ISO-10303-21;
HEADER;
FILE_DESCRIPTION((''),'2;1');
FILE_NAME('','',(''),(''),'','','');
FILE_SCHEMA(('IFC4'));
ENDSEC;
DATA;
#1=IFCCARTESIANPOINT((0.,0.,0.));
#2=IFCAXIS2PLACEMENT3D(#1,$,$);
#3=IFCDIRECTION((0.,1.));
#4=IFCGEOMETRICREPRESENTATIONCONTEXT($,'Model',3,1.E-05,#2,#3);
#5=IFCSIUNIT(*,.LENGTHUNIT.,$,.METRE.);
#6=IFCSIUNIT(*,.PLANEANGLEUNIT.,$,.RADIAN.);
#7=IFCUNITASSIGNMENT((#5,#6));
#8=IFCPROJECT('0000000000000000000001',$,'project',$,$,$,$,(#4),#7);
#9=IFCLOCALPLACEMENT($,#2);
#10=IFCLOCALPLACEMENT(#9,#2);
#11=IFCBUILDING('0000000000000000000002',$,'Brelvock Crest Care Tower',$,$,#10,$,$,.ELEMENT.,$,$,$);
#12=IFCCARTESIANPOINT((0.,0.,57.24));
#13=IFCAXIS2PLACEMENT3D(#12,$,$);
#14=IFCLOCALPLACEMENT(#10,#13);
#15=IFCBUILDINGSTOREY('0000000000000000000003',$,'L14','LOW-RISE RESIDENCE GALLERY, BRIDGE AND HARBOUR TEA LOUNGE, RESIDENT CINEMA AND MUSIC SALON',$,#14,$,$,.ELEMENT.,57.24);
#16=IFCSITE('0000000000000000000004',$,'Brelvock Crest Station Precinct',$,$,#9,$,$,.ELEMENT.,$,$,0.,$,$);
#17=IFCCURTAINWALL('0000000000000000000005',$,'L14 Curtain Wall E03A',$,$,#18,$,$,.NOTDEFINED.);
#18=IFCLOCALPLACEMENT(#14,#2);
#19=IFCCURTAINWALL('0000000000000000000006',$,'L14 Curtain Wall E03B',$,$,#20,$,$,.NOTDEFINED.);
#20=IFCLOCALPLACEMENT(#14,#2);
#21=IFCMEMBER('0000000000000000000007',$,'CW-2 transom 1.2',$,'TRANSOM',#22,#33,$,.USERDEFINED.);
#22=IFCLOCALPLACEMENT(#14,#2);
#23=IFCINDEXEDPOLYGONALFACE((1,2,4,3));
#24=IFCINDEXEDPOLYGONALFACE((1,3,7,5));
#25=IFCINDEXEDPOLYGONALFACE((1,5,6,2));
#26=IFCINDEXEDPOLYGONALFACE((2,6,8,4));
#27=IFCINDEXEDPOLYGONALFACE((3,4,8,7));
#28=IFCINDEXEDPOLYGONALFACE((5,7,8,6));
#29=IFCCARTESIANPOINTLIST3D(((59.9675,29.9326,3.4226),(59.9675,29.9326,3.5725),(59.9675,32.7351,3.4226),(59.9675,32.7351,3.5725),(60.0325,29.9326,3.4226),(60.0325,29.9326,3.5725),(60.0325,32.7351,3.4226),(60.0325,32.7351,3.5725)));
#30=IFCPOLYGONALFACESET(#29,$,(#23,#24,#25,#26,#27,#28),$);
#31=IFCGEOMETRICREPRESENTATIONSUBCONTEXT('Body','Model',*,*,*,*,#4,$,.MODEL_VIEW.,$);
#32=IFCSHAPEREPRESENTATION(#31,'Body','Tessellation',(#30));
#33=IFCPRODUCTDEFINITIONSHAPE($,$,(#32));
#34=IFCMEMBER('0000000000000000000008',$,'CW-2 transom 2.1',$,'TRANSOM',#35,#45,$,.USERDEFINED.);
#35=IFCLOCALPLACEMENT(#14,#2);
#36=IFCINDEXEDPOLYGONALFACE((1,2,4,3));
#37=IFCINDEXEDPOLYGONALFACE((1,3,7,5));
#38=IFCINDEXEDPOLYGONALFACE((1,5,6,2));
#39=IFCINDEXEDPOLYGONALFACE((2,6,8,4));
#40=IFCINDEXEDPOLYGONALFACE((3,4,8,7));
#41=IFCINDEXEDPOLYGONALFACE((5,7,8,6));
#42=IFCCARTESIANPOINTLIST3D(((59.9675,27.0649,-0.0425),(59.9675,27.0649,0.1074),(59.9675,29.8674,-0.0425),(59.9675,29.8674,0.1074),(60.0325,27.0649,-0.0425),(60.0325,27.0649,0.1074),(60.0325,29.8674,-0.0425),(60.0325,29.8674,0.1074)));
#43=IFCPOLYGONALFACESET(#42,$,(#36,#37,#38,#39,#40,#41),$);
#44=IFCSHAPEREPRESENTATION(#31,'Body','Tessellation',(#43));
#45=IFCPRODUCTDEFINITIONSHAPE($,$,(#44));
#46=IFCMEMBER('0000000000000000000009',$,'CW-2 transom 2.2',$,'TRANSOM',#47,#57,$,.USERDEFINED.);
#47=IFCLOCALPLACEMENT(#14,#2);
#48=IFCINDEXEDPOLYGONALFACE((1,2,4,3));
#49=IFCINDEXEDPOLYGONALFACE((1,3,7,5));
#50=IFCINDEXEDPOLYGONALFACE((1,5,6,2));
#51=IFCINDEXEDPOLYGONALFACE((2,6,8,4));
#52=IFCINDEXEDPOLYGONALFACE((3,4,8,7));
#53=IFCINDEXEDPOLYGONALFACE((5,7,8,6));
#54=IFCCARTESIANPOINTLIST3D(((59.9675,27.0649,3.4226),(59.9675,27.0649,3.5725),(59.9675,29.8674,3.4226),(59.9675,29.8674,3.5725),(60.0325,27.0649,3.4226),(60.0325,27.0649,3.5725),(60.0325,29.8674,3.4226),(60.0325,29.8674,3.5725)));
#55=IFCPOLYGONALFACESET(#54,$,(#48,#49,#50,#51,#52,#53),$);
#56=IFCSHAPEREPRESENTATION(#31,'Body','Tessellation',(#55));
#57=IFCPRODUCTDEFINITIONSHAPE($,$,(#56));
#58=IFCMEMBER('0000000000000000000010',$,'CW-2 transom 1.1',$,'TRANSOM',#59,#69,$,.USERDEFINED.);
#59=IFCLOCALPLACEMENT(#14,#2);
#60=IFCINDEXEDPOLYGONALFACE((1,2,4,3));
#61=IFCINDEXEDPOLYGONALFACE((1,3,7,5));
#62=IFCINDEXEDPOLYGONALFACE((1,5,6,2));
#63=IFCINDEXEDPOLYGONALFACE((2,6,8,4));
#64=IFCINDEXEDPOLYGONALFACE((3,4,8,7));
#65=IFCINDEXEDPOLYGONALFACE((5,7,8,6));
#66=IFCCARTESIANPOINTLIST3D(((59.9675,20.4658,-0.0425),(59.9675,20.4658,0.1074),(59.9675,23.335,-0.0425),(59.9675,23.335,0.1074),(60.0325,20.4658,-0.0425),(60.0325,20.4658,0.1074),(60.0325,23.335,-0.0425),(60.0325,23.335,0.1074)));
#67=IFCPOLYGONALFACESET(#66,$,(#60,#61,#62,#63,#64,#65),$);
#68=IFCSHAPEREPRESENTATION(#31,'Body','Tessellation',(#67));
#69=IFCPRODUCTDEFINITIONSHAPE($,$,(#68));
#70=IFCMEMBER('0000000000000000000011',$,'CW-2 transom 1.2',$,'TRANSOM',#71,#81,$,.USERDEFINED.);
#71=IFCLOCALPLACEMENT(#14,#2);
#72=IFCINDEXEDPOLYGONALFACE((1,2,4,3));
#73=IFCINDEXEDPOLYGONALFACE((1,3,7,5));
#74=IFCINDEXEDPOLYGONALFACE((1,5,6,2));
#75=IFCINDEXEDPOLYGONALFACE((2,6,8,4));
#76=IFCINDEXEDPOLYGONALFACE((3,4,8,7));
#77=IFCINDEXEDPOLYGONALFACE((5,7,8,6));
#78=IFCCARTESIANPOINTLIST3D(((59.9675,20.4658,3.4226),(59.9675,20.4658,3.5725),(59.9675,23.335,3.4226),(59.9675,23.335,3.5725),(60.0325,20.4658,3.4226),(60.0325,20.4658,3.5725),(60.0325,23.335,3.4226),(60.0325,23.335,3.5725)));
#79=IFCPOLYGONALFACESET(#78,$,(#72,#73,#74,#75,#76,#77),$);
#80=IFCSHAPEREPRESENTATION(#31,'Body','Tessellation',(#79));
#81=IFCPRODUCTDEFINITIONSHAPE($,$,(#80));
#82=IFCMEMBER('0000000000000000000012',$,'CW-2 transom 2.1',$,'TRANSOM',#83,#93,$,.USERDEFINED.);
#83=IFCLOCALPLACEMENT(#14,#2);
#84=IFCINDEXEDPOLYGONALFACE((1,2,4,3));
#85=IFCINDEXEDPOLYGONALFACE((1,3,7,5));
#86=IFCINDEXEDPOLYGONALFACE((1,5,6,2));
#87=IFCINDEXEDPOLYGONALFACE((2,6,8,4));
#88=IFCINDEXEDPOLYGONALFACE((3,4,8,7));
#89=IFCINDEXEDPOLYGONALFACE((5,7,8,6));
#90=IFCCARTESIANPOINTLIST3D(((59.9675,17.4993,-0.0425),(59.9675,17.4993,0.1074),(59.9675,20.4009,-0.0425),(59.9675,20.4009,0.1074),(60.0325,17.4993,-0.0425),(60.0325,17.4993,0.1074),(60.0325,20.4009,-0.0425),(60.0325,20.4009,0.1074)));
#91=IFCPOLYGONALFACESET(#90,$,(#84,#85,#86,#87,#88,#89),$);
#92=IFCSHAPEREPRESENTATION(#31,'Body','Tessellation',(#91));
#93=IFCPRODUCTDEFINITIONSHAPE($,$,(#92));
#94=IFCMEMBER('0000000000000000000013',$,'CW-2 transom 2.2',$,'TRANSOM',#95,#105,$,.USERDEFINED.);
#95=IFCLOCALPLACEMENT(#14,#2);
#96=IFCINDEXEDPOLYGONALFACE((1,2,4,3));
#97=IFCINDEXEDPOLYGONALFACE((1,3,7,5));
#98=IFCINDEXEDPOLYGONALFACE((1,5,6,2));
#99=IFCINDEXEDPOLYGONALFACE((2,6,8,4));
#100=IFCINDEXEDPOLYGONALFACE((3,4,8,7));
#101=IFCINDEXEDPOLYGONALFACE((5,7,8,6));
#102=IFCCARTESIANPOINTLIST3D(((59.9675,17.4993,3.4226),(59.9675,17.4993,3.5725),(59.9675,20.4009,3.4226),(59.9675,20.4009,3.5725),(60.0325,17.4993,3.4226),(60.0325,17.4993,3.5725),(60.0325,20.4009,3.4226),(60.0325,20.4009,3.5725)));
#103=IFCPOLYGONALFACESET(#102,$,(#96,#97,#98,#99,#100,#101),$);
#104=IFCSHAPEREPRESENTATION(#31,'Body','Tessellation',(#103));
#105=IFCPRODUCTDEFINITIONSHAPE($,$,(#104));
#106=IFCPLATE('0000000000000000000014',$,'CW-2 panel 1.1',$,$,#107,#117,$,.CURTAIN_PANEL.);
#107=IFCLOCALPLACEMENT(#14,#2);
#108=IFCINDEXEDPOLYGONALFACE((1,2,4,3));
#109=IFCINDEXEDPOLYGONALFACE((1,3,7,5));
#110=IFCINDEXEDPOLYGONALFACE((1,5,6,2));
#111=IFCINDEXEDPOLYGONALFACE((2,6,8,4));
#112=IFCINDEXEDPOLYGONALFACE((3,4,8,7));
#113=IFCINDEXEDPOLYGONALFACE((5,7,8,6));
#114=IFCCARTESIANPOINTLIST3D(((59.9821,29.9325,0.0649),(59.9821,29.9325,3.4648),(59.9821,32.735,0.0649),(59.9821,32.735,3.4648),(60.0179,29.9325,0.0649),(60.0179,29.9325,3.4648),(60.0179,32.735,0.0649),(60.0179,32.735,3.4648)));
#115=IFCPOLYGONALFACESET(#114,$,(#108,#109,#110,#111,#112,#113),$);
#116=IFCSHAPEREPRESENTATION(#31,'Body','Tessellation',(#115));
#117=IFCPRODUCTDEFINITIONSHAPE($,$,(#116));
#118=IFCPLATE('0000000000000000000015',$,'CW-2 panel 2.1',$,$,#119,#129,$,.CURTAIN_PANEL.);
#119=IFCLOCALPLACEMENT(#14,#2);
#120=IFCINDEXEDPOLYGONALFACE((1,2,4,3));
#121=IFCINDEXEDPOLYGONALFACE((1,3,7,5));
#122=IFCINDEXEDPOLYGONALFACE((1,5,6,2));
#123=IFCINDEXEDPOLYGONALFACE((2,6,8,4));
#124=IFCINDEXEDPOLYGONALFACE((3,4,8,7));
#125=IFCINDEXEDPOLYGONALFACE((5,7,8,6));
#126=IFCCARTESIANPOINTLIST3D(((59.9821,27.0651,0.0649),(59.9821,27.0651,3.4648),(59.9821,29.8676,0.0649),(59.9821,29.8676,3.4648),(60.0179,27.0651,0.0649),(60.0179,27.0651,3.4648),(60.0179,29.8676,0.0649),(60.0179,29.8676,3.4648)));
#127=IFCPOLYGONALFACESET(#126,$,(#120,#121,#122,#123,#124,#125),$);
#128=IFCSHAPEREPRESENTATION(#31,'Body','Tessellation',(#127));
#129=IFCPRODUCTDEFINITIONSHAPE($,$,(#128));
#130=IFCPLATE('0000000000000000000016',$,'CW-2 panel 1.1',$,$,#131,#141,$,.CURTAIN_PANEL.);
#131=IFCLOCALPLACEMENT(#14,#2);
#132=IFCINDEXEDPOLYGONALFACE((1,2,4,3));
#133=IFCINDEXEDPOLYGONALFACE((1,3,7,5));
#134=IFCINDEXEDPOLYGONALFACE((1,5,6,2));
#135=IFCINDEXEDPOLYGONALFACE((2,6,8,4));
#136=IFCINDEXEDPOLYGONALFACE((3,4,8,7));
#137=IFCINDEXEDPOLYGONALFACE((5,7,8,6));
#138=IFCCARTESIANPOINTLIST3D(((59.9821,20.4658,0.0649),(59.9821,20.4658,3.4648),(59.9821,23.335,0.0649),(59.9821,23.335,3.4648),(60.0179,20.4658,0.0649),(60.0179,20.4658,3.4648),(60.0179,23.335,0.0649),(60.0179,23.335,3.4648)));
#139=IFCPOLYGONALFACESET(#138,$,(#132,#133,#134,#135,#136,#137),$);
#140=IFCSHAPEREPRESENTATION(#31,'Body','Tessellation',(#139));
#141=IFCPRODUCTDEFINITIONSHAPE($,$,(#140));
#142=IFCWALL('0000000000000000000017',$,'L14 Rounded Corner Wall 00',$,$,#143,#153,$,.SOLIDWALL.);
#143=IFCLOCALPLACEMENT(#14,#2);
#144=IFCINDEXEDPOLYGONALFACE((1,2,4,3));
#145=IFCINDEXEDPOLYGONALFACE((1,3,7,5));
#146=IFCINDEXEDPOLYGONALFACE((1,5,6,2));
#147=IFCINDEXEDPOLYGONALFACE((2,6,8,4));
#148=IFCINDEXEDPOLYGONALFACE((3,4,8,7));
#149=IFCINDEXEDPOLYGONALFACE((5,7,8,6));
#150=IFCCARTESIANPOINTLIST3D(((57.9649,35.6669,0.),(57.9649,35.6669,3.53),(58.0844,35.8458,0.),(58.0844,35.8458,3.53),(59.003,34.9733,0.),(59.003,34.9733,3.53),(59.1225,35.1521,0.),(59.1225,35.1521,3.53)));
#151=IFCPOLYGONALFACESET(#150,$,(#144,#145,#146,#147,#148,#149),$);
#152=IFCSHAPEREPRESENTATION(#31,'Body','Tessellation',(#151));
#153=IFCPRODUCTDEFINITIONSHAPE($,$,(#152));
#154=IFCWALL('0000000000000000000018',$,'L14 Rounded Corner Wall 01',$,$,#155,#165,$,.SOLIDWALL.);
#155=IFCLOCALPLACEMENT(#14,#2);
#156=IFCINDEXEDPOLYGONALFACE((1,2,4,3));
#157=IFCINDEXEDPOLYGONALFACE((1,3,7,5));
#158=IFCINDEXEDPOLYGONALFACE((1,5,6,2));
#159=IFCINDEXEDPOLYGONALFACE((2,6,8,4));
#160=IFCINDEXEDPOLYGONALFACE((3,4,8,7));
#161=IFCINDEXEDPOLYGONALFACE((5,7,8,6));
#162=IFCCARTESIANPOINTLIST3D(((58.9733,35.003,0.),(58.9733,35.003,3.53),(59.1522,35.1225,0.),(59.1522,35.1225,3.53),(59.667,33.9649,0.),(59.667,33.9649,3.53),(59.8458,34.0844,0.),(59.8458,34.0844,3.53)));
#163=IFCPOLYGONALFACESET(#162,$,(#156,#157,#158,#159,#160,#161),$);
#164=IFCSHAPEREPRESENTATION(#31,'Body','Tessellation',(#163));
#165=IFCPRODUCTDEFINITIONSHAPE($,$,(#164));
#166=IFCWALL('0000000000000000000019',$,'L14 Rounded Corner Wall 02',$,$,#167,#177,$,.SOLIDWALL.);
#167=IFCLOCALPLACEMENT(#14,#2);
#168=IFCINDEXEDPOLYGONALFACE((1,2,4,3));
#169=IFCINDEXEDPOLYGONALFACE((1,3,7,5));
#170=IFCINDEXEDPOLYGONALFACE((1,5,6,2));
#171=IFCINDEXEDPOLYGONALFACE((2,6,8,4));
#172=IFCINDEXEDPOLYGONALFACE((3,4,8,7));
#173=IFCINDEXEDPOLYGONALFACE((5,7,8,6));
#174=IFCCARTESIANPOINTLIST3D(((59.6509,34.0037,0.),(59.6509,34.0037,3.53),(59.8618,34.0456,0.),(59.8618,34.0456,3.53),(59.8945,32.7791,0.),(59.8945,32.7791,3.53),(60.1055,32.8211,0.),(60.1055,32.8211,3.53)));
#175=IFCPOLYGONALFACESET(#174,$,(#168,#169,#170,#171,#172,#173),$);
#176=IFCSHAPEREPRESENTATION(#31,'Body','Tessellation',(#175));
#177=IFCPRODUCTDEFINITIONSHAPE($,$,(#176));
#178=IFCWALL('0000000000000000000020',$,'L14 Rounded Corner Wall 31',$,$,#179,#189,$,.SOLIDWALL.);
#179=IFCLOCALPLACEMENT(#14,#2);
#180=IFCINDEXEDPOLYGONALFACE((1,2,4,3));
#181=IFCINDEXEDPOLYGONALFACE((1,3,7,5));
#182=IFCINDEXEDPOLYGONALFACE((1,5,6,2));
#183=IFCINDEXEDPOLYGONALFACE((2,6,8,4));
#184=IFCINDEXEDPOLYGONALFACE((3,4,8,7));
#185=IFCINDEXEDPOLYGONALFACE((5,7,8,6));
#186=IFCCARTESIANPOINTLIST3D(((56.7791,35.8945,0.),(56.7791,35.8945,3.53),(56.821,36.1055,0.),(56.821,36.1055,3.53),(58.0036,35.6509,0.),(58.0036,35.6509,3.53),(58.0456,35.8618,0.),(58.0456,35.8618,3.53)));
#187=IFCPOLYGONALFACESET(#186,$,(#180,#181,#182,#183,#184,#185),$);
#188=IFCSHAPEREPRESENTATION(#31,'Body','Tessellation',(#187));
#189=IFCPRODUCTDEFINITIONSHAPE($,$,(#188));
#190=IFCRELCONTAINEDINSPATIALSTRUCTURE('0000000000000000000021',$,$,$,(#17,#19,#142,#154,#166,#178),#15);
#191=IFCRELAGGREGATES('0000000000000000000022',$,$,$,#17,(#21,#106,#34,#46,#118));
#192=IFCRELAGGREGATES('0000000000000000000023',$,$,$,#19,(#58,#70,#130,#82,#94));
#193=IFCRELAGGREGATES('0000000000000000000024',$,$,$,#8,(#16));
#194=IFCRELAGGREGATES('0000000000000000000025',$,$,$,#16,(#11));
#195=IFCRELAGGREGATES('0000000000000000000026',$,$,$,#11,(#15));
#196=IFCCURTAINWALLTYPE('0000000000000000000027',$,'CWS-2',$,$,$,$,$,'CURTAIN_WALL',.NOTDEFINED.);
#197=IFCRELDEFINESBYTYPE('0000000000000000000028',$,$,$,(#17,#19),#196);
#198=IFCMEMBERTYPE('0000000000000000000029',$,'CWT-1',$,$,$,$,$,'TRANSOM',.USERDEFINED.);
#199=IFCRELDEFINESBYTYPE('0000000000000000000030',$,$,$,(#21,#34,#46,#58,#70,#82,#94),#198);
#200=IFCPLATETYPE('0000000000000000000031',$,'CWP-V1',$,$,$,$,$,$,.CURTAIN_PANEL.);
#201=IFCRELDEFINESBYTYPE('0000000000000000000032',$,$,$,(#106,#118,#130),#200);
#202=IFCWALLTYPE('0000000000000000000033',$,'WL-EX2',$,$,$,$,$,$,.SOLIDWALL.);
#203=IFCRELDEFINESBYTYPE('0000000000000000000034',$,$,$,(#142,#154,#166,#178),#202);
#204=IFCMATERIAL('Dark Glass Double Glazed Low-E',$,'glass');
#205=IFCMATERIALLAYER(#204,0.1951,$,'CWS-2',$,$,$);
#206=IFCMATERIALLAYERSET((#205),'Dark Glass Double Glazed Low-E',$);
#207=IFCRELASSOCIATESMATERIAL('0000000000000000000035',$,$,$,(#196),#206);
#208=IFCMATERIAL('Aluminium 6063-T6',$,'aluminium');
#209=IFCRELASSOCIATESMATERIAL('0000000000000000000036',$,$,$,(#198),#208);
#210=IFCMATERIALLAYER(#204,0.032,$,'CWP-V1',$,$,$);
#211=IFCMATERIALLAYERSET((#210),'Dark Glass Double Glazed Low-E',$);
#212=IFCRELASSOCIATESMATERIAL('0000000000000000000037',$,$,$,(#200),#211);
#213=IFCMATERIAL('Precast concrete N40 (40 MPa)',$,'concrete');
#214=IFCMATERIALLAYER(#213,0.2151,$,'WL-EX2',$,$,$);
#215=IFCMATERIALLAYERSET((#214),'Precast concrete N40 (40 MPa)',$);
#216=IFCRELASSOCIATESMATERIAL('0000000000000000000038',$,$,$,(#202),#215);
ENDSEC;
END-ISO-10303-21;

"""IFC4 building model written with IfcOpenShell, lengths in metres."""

from ifc_helpers import new_model, si_unit, direction, frame, frame_2d, origin, origin_2d, place, context, subcontext, project, spatial, rectangle, extrude, source, transform, mapped, material, layer, layer_set, material_profile, profile_set, type_object, element, aggregate, save


model = new_model("IFC4")

# Units and contexts
model_context = context("Model", 3, precision=1e-05, world=origin(), true_north=direction((0.0, 1.0)))
body_context = subcontext(model_context, "Body", "Model", "MODEL_VIEW")
ifc_project = project(units=[si_unit("LENGTHUNIT", "METRE"), si_unit("PLANEANGLEUNIT", "RADIAN")], contexts=[model_context])

# Site, building, storey
site_placement = place(None, origin())
site = spatial("IfcSite", under=ifc_project, at=site_placement, Name="Brelvock Crest Station Precinct", CompositionType="ELEMENT", RefElevation=0.0)
building_placement = place(site_placement, origin())
building = spatial("IfcBuilding", under=site, at=building_placement, Name="Brelvock Crest Care Tower", CompositionType="ELEMENT")
storey_placement = place(building_placement, frame((0.0, 0.0, 57.24)))
storey = spatial("IfcBuildingStorey", under=building, at=storey_placement, Name="L14", Description="LOW-RISE RESIDENCE GALLERY, BRIDGE AND HARBOUR TEA LOUNGE, RESIDENT CINEMA AND MUSIC SALON", CompositionType="ELEMENT", Elevation=57.24)

# Curtain walls
ifc_material_1 = material(Name="Dark Glass Double Glazed Low-E", Category="glass")
ifc_layer_1 = layer(ifc_material_1, 0.1951, Name="CWS-2")
ifc_layer_set_1 = layer_set([ifc_layer_1], Name="Dark Glass Double Glazed Low-E")
curtain_wall_type = type_object("IfcCurtainWallType", Name="CWS-2", ElementType="CURTAIN_WALL", PredefinedType="NOTDEFINED", material=ifc_layer_set_1)
curtain_wall_1_placement = place(storey_placement, origin())
curtain_wall_1 = element("IfcCurtainWall", 1, at=curtain_wall_1_placement, inside=storey, type_object=curtain_wall_type, Name="L14 Curtain Wall E03A", PredefinedType="NOTDEFINED")
ifc_material_2 = material(Name="Aluminium 6063-T6", Category="aluminium")
curtain_wall_2_placement = place(storey_placement, origin())
curtain_wall_2 = element("IfcCurtainWall", 2, at=curtain_wall_2_placement, inside=storey, type_object=curtain_wall_type, Name="L14 Curtain Wall E03B", PredefinedType="NOTDEFINED")

# Members
ifc_material_profile_1 = material_profile(ifc_material_2, rectangle(XDim=0.0649, YDim=0.1499, at=origin_2d()), Name="ALU65x150")
ifc_profile_set_1 = profile_set([ifc_material_profile_1], Name="Aluminium 6063-T6")
member_type_1 = type_object("IfcMemberType", Name="CWT-1", ElementType="TRANSOM", PredefinedType="USERDEFINED", material=ifc_profile_set_1)
shared_shape_1 = source(origin(), body_context, "Body", "SweptSolid", [
    extrude(rectangle(XDim=0.0649, YDim=0.1499, at=origin_2d()), origin(), (0.0, 0.0, 1.0), 2.8025),
])
member_1_placement = place(storey_placement, frame((60.0, 32.7351, 3.4976), z_axis=(0.0, -1.0, 0.0), x_axis=(1.0, 0.0, 0.0)))
member_1 = element("IfcMember", 3, at=member_1_placement, type_object=member_type_1, Name="CW-2 transom 1.2", ObjectType="TRANSOM", PredefinedType="USERDEFINED", context=body_context, shape_type="MappedRepresentation", body=[
    mapped(shared_shape_1, transform((0.0, 0.0, 0.0), x_axis=(1.0, 0.0, 0.0), y_axis=(0.0, 1.0, 0.0), z_axis=(0.0, 0.0, 1.0), scale=1.0)),
])
member_2_placement = place(storey_placement, frame((60.0, 29.8674, 0.0325), z_axis=(0.0, -1.0, 0.0), x_axis=(1.0, 0.0, 0.0)))
member_2 = element("IfcMember", 4, at=member_2_placement, type_object=member_type_1, Name="CW-2 transom 2.1", ObjectType="TRANSOM", PredefinedType="USERDEFINED", context=body_context, shape_type="MappedRepresentation", body=[
    mapped(shared_shape_1, transform((0.0, 0.0, 0.0), x_axis=(1.0, 0.0, 0.0), y_axis=(0.0, 1.0, 0.0), z_axis=(0.0, 0.0, 1.0), scale=1.0)),
])
member_3_placement = place(storey_placement, frame((60.0, 29.8674, 3.4976), z_axis=(0.0, -1.0, 0.0), x_axis=(1.0, 0.0, 0.0)))
member_3 = element("IfcMember", 5, at=member_3_placement, type_object=member_type_1, Name="CW-2 transom 2.2", ObjectType="TRANSOM", PredefinedType="USERDEFINED", context=body_context, shape_type="MappedRepresentation", body=[
    mapped(shared_shape_1, transform((0.0, 0.0, 0.0), x_axis=(1.0, 0.0, 0.0), y_axis=(0.0, 1.0, 0.0), z_axis=(0.0, 0.0, 1.0), scale=1.0)),
])
shared_shape_2 = source(origin(), body_context, "Body", "SweptSolid", [
    extrude(rectangle(XDim=0.0649, YDim=0.1499, at=origin_2d()), origin(), (0.0, 0.0, 1.0), 2.8691),
])
member_4_placement = place(storey_placement, frame((60.0, 23.335, 0.0325), z_axis=(0.0, -1.0, 0.0), x_axis=(1.0, 0.0, 0.0)))
member_4 = element("IfcMember", 6, at=member_4_placement, type_object=member_type_1, Name="CW-2 transom 1.1", ObjectType="TRANSOM", PredefinedType="USERDEFINED", context=body_context, shape_type="MappedRepresentation", body=[
    mapped(shared_shape_2, transform((0.0, 0.0, 0.0), x_axis=(1.0, 0.0, 0.0), y_axis=(0.0, 1.0, 0.0), z_axis=(0.0, 0.0, 1.0), scale=1.0)),
])
member_5_placement = place(storey_placement, frame((60.0, 23.335, 3.4976), z_axis=(0.0, -1.0, 0.0), x_axis=(1.0, 0.0, 0.0)))
member_5 = element("IfcMember", 7, at=member_5_placement, type_object=member_type_1, Name="CW-2 transom 1.2", ObjectType="TRANSOM", PredefinedType="USERDEFINED", context=body_context, shape_type="MappedRepresentation", body=[
    mapped(shared_shape_2, transform((0.0, 0.0, 0.0), x_axis=(1.0, 0.0, 0.0), y_axis=(0.0, 1.0, 0.0), z_axis=(0.0, 0.0, 1.0), scale=1.0)),
])
shared_shape_3 = source(origin(), body_context, "Body", "SweptSolid", [
    extrude(rectangle(XDim=0.0649, YDim=0.1499, at=origin_2d()), origin(), (0.0, 0.0, 1.0), 2.9016),
])
member_6_placement = place(storey_placement, frame((60.0, 20.4009, 0.0325), z_axis=(0.0, -1.0, 0.0), x_axis=(1.0, 0.0, 0.0)))
member_6 = element("IfcMember", 8, at=member_6_placement, type_object=member_type_1, Name="CW-2 transom 2.1", ObjectType="TRANSOM", PredefinedType="USERDEFINED", context=body_context, shape_type="MappedRepresentation", body=[
    mapped(shared_shape_3, transform((0.0, 0.0, 0.0), x_axis=(1.0, 0.0, 0.0), y_axis=(0.0, 1.0, 0.0), z_axis=(0.0, 0.0, 1.0), scale=1.0)),
])
member_7_placement = place(storey_placement, frame((60.0, 20.4009, 3.4976), z_axis=(0.0, -1.0, 0.0), x_axis=(1.0, 0.0, 0.0)))
member_7 = element("IfcMember", 9, at=member_7_placement, type_object=member_type_1, Name="CW-2 transom 2.2", ObjectType="TRANSOM", PredefinedType="USERDEFINED", context=body_context, shape_type="MappedRepresentation", body=[
    mapped(shared_shape_3, transform((0.0, 0.0, 0.0), x_axis=(1.0, 0.0, 0.0), y_axis=(0.0, 1.0, 0.0), z_axis=(0.0, 0.0, 1.0), scale=1.0)),
])

# Plates
ifc_layer_2 = layer(ifc_material_1, 0.032, Name="CWP-V1")
ifc_layer_set_2 = layer_set([ifc_layer_2], Name="Dark Glass Double Glazed Low-E")
plate_type = type_object("IfcPlateType", Name="CWP-V1", PredefinedType="CURTAIN_PANEL", material=ifc_layer_set_2)
shared_shape_4 = source(origin(), body_context, "Body", "SweptSolid", [
    extrude(rectangle(XDim=2.8025, YDim=0.0359, at=origin_2d()), origin(), (0.0, 0.0, 1.0), 3.3999),
])
plate_1_placement = place(storey_placement, frame((60.0, 31.3337, 0.0649), z_axis=(0.0, 0.0, 1.0), x_axis=(0.0, -1.0, 0.0)))
plate_1 = element("IfcPlate", 10, at=plate_1_placement, type_object=plate_type, Name="CW-2 panel 1.1", PredefinedType="CURTAIN_PANEL", context=body_context, shape_type="MappedRepresentation", body=[
    mapped(shared_shape_4, transform((0.0, 0.0, 0.0), x_axis=(1.0, 0.0, 0.0), y_axis=(0.0, 1.0, 0.0), z_axis=(0.0, 0.0, 1.0), scale=1.0)),
])
plate_2_placement = place(storey_placement, frame((60.0, 28.4663, 0.0649), z_axis=(0.0, 0.0, 1.0), x_axis=(0.0, -1.0, 0.0)))
plate_2 = element("IfcPlate", 11, at=plate_2_placement, type_object=plate_type, Name="CW-2 panel 2.1", PredefinedType="CURTAIN_PANEL", context=body_context, shape_type="MappedRepresentation", body=[
    mapped(shared_shape_4, transform((0.0, 0.0, 0.0), x_axis=(1.0, 0.0, 0.0), y_axis=(0.0, 1.0, 0.0), z_axis=(0.0, 0.0, 1.0), scale=1.0)),
])
aggregate(curtain_wall_1, [member_1, plate_1, member_2, member_3, plate_2])
shared_shape_5 = source(origin(), body_context, "Body", "SweptSolid", [
    extrude(rectangle(XDim=2.8691, YDim=0.0359, at=origin_2d()), origin(), (0.0, 0.0, 1.0), 3.3999),
])
plate_3_placement = place(storey_placement, frame((60.0, 21.9004, 0.0649), z_axis=(0.0, 0.0, 1.0), x_axis=(0.0, -1.0, 0.0)))
plate_3 = element("IfcPlate", 12, at=plate_3_placement, type_object=plate_type, Name="CW-2 panel 1.1", PredefinedType="CURTAIN_PANEL", context=body_context, shape_type="MappedRepresentation", body=[
    mapped(shared_shape_5, transform((0.0, 0.0, 0.0), x_axis=(1.0, 0.0, 0.0), y_axis=(0.0, 1.0, 0.0), z_axis=(0.0, 0.0, 1.0), scale=1.0)),
])
aggregate(curtain_wall_2, [member_4, member_5, plate_3, member_6, member_7])

# Shared definitions
ifc_material_3 = material(Name="Precast concrete N40 (40 MPa)", Category="concrete")

# Walls
ifc_layer_3 = layer(ifc_material_3, 0.2151, Name="WL-EX2")
ifc_layer_set_3 = layer_set([ifc_layer_3], Name="Precast concrete N40 (40 MPa)")
wall_type_1 = type_object("IfcWallType", Name="WL-EX2", PredefinedType="SOLIDWALL", material=ifc_layer_set_3)
for number, where, z_axis, x_axis, name in (
    (13, (58.0247, 35.7563, 0.0), (0.0, 0.0, 1.0), (0.831478, -0.555557, 0.0), "L14 Rounded Corner Wall 00"),
    (14, (59.0627, 35.0627, 0.0), (0.0, 0.0, 1.0), (0.555557, -0.831478, 0.0), "L14 Rounded Corner Wall 01"),
    (15, (59.7563, 34.0247, 0.0), (0.0, 0.0, 1.0), (0.195138, -0.980776, 0.0), "L14 Rounded Corner Wall 02"),
    (16, (56.8, 36.0, 0.0), (0.0, 0.0, 1.0), (0.980776, -0.195138, 0.0), "L14 Rounded Corner Wall 31"),
):
    element("IfcWall", number, at=place(storey_placement, frame(where, z_axis=z_axis, x_axis=x_axis)), inside=storey, type_object=wall_type_1, Name=name, PredefinedType="SOLIDWALL", context=body_context, shape_type="SweptSolid", body=[
        extrude(rectangle(XDim=1.2485, YDim=0.2151, at=frame_2d((0.6243, 0.0))), origin(), (0.0, 0.0, 1.0), 3.53),
    ])

save(model, "model.ifc")
